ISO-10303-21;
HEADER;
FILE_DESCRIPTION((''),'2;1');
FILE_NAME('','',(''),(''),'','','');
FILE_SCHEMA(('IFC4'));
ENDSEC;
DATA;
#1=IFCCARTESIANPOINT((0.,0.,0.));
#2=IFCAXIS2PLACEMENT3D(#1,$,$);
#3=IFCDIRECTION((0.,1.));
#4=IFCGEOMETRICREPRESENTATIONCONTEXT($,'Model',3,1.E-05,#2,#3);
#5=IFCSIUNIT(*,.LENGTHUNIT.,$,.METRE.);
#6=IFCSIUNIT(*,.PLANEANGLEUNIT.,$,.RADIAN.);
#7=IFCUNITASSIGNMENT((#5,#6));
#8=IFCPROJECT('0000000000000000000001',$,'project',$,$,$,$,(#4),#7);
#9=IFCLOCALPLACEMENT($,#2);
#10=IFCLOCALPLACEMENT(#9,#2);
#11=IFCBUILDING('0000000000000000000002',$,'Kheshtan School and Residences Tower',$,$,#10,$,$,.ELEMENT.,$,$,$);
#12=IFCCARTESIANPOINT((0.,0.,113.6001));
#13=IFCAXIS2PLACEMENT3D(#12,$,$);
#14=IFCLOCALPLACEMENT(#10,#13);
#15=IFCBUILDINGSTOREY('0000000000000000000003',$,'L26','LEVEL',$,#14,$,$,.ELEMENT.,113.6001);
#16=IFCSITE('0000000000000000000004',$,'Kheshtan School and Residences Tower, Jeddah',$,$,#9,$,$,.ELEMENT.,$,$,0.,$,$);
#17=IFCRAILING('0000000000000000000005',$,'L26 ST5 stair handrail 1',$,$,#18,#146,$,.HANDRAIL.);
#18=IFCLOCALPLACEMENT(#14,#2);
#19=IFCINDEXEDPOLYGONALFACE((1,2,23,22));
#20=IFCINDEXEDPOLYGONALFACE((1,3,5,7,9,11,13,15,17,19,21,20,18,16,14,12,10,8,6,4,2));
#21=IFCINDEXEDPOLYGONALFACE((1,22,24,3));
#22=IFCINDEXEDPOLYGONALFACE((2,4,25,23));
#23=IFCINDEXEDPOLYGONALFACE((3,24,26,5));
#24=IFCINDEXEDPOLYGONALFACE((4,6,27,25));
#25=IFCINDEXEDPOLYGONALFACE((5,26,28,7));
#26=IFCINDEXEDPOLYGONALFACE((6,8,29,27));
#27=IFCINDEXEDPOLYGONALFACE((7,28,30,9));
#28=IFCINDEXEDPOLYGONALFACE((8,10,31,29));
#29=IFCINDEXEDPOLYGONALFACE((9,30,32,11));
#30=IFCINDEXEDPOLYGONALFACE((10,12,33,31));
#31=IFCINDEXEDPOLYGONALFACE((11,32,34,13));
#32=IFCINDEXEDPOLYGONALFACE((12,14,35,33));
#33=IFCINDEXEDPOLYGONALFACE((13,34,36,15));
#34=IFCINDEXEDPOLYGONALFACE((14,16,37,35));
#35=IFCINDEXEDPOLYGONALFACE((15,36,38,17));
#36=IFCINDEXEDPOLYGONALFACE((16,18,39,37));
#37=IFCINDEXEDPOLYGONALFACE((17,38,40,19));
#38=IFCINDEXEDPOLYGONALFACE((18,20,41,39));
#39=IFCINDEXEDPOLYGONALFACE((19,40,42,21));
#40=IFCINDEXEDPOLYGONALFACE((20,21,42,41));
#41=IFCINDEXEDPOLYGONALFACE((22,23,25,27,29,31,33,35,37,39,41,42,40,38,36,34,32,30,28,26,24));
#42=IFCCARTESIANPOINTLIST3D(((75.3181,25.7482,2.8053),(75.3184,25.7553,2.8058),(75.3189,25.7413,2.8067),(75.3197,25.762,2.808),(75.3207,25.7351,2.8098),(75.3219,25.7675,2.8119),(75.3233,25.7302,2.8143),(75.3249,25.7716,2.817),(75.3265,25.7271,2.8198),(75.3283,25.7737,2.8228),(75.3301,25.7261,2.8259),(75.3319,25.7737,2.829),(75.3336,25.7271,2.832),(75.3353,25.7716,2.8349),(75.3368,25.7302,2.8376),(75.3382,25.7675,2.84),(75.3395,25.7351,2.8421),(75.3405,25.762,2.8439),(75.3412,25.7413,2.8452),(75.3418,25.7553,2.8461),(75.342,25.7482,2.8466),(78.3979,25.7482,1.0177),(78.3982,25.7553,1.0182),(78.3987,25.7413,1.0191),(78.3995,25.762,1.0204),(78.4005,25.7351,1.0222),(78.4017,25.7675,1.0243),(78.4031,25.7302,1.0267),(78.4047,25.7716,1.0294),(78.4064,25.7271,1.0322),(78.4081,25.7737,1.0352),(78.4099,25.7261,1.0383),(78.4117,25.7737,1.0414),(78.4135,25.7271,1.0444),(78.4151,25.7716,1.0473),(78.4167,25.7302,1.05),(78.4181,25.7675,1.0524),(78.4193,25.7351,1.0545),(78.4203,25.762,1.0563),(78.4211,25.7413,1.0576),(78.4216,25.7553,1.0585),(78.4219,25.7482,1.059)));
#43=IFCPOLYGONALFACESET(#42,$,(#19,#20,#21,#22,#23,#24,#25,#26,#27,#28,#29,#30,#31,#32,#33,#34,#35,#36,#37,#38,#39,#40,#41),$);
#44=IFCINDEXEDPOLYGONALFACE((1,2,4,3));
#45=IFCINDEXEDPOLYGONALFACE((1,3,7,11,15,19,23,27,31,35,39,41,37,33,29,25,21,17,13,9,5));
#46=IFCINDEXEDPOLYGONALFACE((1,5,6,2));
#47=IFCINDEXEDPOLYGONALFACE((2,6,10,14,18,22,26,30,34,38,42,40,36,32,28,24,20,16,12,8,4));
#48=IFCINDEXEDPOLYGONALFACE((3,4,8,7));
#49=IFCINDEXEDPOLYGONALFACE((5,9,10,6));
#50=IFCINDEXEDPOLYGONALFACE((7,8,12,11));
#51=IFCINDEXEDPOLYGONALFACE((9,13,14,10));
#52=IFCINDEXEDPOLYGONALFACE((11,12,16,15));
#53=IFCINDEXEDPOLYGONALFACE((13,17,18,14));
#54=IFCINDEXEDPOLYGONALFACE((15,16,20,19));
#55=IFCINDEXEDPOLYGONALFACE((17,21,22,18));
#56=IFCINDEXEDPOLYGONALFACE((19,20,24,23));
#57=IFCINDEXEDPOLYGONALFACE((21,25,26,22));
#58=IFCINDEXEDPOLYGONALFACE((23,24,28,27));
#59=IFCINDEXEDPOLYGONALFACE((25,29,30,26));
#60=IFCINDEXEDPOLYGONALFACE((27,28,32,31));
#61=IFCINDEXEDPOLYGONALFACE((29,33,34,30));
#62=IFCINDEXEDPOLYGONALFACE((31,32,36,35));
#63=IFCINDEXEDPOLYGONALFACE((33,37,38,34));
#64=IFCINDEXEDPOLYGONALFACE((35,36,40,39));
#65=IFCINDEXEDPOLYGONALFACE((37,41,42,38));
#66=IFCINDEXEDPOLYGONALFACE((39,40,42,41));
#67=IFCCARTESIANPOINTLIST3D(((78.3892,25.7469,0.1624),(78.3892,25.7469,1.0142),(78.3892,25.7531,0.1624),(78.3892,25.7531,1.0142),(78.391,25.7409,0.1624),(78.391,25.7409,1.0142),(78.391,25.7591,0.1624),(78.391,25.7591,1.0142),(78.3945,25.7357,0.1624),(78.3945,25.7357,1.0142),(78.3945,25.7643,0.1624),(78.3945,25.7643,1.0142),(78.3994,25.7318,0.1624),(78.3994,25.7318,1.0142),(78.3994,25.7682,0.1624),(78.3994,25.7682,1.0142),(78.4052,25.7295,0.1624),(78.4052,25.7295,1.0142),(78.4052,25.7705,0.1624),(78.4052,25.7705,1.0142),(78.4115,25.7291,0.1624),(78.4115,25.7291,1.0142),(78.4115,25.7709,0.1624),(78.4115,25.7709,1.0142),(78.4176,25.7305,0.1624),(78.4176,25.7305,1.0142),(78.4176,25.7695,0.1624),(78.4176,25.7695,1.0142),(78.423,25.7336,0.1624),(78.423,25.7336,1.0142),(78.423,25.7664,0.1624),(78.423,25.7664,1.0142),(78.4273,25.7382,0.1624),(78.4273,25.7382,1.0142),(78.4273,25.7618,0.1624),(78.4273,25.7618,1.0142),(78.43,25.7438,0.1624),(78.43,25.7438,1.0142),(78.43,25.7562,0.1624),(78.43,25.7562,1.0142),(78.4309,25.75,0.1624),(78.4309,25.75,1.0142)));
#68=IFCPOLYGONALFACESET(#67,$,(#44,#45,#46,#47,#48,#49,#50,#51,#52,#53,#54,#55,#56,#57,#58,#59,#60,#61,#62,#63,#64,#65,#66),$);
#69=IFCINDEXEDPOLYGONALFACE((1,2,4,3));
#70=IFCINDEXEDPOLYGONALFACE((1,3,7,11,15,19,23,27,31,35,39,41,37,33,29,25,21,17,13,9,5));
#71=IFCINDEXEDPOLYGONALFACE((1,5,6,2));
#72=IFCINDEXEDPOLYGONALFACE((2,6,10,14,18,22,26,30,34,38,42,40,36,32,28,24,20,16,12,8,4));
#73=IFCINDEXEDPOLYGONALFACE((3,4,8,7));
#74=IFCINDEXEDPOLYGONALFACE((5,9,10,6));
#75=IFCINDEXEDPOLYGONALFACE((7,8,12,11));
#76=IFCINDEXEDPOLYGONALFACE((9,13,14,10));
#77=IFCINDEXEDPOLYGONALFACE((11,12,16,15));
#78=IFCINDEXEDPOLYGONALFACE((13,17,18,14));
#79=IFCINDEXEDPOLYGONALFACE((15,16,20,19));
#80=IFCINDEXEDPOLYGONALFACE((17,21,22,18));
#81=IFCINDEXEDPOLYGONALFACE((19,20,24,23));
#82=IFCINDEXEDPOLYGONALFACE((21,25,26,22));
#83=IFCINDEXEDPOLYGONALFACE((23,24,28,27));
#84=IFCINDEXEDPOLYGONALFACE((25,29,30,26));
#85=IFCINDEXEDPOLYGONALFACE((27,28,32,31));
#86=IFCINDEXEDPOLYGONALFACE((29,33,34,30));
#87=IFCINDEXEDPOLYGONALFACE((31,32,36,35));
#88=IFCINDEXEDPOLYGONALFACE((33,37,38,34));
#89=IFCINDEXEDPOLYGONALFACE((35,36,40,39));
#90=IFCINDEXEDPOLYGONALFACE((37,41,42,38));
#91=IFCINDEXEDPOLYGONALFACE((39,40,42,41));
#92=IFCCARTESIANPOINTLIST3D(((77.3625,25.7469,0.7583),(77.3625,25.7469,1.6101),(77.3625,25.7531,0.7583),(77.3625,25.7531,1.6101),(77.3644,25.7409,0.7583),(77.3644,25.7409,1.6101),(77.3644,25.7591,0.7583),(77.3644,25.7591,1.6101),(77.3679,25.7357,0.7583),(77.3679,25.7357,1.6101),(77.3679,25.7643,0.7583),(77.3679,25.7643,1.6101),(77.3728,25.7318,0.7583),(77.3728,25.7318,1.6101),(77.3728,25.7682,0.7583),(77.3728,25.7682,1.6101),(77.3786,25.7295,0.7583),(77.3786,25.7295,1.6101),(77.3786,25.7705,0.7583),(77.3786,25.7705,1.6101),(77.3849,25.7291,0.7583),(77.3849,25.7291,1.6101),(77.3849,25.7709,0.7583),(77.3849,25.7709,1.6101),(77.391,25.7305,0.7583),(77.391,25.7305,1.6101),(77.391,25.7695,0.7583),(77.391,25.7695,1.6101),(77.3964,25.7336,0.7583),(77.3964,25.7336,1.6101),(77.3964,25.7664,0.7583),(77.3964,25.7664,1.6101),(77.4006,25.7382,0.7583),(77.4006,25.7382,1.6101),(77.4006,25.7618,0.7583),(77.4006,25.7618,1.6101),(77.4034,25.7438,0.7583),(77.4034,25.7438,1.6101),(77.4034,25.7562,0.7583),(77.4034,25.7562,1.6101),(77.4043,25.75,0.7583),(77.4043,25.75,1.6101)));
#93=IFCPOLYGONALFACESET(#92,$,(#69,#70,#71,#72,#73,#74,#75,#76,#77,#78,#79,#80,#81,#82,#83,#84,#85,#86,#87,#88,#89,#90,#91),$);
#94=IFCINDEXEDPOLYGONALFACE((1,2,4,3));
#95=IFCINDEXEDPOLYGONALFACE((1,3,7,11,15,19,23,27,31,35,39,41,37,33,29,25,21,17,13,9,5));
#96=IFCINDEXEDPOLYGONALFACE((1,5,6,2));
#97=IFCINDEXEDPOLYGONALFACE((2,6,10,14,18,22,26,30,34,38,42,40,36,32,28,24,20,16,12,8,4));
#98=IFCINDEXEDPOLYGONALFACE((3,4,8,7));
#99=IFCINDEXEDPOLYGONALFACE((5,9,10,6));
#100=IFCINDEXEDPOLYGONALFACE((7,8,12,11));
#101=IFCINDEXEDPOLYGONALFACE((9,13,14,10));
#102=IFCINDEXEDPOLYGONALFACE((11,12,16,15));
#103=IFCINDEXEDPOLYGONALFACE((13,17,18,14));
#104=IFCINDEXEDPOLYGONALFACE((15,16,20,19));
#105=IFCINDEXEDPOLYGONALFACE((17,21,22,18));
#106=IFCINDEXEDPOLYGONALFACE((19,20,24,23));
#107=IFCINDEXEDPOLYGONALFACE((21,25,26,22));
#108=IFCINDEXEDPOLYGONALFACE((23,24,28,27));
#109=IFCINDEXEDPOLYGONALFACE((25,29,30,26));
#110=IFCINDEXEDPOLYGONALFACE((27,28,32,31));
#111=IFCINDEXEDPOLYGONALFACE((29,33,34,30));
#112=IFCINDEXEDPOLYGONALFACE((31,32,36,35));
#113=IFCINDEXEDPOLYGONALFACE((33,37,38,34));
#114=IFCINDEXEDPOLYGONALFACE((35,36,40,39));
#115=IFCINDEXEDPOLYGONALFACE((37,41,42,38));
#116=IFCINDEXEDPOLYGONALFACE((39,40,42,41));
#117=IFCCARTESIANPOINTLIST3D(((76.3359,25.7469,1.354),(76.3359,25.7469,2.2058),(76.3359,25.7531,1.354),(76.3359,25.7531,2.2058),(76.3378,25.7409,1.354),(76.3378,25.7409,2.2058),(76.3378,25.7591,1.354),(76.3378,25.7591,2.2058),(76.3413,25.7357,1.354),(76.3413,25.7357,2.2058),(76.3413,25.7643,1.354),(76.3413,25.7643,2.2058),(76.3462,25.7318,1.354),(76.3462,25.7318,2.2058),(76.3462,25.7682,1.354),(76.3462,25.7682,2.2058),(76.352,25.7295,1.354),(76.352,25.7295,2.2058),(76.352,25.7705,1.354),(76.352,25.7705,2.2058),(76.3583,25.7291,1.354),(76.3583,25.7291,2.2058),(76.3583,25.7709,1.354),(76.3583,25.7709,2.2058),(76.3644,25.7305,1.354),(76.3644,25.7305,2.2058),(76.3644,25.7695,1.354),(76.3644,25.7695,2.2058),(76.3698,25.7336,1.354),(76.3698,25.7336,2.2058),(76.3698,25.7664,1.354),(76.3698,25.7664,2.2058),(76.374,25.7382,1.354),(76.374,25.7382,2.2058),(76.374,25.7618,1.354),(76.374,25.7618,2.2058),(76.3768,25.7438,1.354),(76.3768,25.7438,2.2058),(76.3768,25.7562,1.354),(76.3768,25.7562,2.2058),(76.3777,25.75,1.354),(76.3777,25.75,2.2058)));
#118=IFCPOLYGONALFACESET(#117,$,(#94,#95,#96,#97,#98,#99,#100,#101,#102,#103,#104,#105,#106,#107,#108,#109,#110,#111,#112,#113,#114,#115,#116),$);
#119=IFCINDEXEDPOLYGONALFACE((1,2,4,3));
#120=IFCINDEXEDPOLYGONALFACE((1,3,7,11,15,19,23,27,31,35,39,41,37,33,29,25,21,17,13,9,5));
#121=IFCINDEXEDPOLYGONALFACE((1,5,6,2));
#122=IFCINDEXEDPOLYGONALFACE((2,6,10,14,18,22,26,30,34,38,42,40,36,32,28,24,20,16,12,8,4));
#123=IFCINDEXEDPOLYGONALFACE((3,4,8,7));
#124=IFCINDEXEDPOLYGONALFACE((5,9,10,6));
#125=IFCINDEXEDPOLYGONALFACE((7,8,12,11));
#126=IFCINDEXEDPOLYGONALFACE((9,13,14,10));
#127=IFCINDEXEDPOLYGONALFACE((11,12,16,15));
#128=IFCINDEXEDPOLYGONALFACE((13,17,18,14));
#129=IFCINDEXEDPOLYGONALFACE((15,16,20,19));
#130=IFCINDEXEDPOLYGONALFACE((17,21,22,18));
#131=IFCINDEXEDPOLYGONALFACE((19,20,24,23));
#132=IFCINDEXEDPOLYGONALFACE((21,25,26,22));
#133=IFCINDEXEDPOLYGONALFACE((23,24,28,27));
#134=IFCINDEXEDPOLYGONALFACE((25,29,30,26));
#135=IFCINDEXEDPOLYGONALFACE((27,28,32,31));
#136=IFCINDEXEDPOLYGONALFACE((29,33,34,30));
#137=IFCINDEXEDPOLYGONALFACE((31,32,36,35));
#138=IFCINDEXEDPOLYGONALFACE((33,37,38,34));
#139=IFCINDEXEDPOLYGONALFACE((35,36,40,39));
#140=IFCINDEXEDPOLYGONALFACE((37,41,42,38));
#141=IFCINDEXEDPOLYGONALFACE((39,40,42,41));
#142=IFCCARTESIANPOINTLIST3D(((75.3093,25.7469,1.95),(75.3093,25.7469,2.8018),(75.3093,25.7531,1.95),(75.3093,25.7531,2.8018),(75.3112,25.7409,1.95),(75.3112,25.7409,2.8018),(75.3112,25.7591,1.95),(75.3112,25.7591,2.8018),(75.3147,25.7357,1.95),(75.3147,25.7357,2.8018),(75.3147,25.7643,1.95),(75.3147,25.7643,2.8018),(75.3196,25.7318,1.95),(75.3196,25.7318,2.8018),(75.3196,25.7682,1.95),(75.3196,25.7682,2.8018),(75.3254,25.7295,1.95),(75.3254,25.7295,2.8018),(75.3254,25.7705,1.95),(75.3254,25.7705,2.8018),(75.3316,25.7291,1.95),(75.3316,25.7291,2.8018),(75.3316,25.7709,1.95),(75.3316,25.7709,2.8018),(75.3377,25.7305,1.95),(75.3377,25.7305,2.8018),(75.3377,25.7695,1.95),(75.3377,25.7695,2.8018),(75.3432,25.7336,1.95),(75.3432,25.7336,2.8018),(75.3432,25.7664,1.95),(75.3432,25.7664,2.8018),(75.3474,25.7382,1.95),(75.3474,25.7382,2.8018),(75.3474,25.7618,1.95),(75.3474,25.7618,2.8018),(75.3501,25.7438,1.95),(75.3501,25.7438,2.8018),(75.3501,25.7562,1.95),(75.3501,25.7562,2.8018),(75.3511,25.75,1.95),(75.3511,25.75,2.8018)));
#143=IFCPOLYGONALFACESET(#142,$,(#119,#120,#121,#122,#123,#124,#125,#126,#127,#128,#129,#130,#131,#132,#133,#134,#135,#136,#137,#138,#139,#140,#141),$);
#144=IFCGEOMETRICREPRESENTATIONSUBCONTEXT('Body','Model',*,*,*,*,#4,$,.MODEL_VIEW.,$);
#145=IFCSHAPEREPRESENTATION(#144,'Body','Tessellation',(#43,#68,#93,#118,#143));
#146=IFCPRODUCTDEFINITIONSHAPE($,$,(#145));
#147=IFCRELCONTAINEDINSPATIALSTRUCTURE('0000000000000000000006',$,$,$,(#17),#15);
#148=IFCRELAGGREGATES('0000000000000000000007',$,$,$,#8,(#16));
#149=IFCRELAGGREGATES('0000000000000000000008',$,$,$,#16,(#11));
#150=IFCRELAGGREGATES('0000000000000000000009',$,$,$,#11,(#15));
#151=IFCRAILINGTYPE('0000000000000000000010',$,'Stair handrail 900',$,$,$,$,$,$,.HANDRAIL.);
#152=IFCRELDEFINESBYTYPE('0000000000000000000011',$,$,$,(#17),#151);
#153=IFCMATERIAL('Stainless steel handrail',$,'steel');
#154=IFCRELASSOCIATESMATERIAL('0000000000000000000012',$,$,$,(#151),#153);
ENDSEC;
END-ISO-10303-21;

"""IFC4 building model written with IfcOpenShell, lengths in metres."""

from ifc_helpers import new_model, si_unit, direction, frame, origin, origin_2d, place, context, subcontext, project, spatial, circle, extrude, material, type_object, element, save


model = new_model("IFC4")

# Units and contexts
model_context = context("Model", 3, precision=1e-05, world=origin(), true_north=direction((0.0, 1.0)))
body_context = subcontext(model_context, "Body", "Model", "MODEL_VIEW")
ifc_project = project(units=[si_unit("LENGTHUNIT", "METRE"), si_unit("PLANEANGLEUNIT", "RADIAN")], contexts=[model_context])

# Site, building, storey
site_placement = place(None, origin())
site = spatial("IfcSite", under=ifc_project, at=site_placement, Name="Kheshtan School and Residences Tower, Jeddah", CompositionType="ELEMENT", RefElevation=0.0)
building_placement = place(site_placement, origin())
building = spatial("IfcBuilding", under=site, at=building_placement, Name="Kheshtan School and Residences Tower", CompositionType="ELEMENT")
storey_placement = place(building_placement, frame((0.0, 0.0, 113.6001)))
storey = spatial("IfcBuildingStorey", under=building, at=storey_placement, Name="L26", Description="LEVEL", CompositionType="ELEMENT", Elevation=113.6001)

# Railing
ifc_material_1 = material(Name="Stainless steel handrail", Category="steel")
railing_type_1 = type_object("IfcRailingType", Name="Stair handrail 900", PredefinedType="HANDRAIL", material=ifc_material_1)
railing_1_placement = place(storey_placement, frame((78.4099, 25.75, 0.1624)))
element("IfcRailing", 1, at=railing_1_placement, inside=storey, type_object=railing_type_1, Name="L26 ST5 stair handrail 1", PredefinedType="HANDRAIL", context=body_context, shape_type="SweptSolid", body=[
    extrude(circle(Radius=0.0239, at=origin_2d()), frame((0.0, 0.0, 0.876), z_axis=(-0.864873, 0.0, 0.50199), x_axis=(0.0, -1.0, 0.0)), (0.0, 0.0, 1.0), 3.561),
    extrude(circle(Radius=0.021, at=origin_2d()), origin(), (0.0, 0.0, 1.0), 0.8518),
    extrude(circle(Radius=0.021, at=origin_2d()), frame((-1.0266, 0.0, 0.5959)), (0.0, 0.0, 1.0), 0.8518),
    extrude(circle(Radius=0.021, at=origin_2d()), frame((-2.0532, 0.0, 1.1917)), (0.0, 0.0, 1.0), 0.8518),
    extrude(circle(Radius=0.021, at=origin_2d()), frame((-3.0798, 0.0, 1.7876)), (0.0, 0.0, 1.0), 0.8518),
])

save(model, "model.ifc")
